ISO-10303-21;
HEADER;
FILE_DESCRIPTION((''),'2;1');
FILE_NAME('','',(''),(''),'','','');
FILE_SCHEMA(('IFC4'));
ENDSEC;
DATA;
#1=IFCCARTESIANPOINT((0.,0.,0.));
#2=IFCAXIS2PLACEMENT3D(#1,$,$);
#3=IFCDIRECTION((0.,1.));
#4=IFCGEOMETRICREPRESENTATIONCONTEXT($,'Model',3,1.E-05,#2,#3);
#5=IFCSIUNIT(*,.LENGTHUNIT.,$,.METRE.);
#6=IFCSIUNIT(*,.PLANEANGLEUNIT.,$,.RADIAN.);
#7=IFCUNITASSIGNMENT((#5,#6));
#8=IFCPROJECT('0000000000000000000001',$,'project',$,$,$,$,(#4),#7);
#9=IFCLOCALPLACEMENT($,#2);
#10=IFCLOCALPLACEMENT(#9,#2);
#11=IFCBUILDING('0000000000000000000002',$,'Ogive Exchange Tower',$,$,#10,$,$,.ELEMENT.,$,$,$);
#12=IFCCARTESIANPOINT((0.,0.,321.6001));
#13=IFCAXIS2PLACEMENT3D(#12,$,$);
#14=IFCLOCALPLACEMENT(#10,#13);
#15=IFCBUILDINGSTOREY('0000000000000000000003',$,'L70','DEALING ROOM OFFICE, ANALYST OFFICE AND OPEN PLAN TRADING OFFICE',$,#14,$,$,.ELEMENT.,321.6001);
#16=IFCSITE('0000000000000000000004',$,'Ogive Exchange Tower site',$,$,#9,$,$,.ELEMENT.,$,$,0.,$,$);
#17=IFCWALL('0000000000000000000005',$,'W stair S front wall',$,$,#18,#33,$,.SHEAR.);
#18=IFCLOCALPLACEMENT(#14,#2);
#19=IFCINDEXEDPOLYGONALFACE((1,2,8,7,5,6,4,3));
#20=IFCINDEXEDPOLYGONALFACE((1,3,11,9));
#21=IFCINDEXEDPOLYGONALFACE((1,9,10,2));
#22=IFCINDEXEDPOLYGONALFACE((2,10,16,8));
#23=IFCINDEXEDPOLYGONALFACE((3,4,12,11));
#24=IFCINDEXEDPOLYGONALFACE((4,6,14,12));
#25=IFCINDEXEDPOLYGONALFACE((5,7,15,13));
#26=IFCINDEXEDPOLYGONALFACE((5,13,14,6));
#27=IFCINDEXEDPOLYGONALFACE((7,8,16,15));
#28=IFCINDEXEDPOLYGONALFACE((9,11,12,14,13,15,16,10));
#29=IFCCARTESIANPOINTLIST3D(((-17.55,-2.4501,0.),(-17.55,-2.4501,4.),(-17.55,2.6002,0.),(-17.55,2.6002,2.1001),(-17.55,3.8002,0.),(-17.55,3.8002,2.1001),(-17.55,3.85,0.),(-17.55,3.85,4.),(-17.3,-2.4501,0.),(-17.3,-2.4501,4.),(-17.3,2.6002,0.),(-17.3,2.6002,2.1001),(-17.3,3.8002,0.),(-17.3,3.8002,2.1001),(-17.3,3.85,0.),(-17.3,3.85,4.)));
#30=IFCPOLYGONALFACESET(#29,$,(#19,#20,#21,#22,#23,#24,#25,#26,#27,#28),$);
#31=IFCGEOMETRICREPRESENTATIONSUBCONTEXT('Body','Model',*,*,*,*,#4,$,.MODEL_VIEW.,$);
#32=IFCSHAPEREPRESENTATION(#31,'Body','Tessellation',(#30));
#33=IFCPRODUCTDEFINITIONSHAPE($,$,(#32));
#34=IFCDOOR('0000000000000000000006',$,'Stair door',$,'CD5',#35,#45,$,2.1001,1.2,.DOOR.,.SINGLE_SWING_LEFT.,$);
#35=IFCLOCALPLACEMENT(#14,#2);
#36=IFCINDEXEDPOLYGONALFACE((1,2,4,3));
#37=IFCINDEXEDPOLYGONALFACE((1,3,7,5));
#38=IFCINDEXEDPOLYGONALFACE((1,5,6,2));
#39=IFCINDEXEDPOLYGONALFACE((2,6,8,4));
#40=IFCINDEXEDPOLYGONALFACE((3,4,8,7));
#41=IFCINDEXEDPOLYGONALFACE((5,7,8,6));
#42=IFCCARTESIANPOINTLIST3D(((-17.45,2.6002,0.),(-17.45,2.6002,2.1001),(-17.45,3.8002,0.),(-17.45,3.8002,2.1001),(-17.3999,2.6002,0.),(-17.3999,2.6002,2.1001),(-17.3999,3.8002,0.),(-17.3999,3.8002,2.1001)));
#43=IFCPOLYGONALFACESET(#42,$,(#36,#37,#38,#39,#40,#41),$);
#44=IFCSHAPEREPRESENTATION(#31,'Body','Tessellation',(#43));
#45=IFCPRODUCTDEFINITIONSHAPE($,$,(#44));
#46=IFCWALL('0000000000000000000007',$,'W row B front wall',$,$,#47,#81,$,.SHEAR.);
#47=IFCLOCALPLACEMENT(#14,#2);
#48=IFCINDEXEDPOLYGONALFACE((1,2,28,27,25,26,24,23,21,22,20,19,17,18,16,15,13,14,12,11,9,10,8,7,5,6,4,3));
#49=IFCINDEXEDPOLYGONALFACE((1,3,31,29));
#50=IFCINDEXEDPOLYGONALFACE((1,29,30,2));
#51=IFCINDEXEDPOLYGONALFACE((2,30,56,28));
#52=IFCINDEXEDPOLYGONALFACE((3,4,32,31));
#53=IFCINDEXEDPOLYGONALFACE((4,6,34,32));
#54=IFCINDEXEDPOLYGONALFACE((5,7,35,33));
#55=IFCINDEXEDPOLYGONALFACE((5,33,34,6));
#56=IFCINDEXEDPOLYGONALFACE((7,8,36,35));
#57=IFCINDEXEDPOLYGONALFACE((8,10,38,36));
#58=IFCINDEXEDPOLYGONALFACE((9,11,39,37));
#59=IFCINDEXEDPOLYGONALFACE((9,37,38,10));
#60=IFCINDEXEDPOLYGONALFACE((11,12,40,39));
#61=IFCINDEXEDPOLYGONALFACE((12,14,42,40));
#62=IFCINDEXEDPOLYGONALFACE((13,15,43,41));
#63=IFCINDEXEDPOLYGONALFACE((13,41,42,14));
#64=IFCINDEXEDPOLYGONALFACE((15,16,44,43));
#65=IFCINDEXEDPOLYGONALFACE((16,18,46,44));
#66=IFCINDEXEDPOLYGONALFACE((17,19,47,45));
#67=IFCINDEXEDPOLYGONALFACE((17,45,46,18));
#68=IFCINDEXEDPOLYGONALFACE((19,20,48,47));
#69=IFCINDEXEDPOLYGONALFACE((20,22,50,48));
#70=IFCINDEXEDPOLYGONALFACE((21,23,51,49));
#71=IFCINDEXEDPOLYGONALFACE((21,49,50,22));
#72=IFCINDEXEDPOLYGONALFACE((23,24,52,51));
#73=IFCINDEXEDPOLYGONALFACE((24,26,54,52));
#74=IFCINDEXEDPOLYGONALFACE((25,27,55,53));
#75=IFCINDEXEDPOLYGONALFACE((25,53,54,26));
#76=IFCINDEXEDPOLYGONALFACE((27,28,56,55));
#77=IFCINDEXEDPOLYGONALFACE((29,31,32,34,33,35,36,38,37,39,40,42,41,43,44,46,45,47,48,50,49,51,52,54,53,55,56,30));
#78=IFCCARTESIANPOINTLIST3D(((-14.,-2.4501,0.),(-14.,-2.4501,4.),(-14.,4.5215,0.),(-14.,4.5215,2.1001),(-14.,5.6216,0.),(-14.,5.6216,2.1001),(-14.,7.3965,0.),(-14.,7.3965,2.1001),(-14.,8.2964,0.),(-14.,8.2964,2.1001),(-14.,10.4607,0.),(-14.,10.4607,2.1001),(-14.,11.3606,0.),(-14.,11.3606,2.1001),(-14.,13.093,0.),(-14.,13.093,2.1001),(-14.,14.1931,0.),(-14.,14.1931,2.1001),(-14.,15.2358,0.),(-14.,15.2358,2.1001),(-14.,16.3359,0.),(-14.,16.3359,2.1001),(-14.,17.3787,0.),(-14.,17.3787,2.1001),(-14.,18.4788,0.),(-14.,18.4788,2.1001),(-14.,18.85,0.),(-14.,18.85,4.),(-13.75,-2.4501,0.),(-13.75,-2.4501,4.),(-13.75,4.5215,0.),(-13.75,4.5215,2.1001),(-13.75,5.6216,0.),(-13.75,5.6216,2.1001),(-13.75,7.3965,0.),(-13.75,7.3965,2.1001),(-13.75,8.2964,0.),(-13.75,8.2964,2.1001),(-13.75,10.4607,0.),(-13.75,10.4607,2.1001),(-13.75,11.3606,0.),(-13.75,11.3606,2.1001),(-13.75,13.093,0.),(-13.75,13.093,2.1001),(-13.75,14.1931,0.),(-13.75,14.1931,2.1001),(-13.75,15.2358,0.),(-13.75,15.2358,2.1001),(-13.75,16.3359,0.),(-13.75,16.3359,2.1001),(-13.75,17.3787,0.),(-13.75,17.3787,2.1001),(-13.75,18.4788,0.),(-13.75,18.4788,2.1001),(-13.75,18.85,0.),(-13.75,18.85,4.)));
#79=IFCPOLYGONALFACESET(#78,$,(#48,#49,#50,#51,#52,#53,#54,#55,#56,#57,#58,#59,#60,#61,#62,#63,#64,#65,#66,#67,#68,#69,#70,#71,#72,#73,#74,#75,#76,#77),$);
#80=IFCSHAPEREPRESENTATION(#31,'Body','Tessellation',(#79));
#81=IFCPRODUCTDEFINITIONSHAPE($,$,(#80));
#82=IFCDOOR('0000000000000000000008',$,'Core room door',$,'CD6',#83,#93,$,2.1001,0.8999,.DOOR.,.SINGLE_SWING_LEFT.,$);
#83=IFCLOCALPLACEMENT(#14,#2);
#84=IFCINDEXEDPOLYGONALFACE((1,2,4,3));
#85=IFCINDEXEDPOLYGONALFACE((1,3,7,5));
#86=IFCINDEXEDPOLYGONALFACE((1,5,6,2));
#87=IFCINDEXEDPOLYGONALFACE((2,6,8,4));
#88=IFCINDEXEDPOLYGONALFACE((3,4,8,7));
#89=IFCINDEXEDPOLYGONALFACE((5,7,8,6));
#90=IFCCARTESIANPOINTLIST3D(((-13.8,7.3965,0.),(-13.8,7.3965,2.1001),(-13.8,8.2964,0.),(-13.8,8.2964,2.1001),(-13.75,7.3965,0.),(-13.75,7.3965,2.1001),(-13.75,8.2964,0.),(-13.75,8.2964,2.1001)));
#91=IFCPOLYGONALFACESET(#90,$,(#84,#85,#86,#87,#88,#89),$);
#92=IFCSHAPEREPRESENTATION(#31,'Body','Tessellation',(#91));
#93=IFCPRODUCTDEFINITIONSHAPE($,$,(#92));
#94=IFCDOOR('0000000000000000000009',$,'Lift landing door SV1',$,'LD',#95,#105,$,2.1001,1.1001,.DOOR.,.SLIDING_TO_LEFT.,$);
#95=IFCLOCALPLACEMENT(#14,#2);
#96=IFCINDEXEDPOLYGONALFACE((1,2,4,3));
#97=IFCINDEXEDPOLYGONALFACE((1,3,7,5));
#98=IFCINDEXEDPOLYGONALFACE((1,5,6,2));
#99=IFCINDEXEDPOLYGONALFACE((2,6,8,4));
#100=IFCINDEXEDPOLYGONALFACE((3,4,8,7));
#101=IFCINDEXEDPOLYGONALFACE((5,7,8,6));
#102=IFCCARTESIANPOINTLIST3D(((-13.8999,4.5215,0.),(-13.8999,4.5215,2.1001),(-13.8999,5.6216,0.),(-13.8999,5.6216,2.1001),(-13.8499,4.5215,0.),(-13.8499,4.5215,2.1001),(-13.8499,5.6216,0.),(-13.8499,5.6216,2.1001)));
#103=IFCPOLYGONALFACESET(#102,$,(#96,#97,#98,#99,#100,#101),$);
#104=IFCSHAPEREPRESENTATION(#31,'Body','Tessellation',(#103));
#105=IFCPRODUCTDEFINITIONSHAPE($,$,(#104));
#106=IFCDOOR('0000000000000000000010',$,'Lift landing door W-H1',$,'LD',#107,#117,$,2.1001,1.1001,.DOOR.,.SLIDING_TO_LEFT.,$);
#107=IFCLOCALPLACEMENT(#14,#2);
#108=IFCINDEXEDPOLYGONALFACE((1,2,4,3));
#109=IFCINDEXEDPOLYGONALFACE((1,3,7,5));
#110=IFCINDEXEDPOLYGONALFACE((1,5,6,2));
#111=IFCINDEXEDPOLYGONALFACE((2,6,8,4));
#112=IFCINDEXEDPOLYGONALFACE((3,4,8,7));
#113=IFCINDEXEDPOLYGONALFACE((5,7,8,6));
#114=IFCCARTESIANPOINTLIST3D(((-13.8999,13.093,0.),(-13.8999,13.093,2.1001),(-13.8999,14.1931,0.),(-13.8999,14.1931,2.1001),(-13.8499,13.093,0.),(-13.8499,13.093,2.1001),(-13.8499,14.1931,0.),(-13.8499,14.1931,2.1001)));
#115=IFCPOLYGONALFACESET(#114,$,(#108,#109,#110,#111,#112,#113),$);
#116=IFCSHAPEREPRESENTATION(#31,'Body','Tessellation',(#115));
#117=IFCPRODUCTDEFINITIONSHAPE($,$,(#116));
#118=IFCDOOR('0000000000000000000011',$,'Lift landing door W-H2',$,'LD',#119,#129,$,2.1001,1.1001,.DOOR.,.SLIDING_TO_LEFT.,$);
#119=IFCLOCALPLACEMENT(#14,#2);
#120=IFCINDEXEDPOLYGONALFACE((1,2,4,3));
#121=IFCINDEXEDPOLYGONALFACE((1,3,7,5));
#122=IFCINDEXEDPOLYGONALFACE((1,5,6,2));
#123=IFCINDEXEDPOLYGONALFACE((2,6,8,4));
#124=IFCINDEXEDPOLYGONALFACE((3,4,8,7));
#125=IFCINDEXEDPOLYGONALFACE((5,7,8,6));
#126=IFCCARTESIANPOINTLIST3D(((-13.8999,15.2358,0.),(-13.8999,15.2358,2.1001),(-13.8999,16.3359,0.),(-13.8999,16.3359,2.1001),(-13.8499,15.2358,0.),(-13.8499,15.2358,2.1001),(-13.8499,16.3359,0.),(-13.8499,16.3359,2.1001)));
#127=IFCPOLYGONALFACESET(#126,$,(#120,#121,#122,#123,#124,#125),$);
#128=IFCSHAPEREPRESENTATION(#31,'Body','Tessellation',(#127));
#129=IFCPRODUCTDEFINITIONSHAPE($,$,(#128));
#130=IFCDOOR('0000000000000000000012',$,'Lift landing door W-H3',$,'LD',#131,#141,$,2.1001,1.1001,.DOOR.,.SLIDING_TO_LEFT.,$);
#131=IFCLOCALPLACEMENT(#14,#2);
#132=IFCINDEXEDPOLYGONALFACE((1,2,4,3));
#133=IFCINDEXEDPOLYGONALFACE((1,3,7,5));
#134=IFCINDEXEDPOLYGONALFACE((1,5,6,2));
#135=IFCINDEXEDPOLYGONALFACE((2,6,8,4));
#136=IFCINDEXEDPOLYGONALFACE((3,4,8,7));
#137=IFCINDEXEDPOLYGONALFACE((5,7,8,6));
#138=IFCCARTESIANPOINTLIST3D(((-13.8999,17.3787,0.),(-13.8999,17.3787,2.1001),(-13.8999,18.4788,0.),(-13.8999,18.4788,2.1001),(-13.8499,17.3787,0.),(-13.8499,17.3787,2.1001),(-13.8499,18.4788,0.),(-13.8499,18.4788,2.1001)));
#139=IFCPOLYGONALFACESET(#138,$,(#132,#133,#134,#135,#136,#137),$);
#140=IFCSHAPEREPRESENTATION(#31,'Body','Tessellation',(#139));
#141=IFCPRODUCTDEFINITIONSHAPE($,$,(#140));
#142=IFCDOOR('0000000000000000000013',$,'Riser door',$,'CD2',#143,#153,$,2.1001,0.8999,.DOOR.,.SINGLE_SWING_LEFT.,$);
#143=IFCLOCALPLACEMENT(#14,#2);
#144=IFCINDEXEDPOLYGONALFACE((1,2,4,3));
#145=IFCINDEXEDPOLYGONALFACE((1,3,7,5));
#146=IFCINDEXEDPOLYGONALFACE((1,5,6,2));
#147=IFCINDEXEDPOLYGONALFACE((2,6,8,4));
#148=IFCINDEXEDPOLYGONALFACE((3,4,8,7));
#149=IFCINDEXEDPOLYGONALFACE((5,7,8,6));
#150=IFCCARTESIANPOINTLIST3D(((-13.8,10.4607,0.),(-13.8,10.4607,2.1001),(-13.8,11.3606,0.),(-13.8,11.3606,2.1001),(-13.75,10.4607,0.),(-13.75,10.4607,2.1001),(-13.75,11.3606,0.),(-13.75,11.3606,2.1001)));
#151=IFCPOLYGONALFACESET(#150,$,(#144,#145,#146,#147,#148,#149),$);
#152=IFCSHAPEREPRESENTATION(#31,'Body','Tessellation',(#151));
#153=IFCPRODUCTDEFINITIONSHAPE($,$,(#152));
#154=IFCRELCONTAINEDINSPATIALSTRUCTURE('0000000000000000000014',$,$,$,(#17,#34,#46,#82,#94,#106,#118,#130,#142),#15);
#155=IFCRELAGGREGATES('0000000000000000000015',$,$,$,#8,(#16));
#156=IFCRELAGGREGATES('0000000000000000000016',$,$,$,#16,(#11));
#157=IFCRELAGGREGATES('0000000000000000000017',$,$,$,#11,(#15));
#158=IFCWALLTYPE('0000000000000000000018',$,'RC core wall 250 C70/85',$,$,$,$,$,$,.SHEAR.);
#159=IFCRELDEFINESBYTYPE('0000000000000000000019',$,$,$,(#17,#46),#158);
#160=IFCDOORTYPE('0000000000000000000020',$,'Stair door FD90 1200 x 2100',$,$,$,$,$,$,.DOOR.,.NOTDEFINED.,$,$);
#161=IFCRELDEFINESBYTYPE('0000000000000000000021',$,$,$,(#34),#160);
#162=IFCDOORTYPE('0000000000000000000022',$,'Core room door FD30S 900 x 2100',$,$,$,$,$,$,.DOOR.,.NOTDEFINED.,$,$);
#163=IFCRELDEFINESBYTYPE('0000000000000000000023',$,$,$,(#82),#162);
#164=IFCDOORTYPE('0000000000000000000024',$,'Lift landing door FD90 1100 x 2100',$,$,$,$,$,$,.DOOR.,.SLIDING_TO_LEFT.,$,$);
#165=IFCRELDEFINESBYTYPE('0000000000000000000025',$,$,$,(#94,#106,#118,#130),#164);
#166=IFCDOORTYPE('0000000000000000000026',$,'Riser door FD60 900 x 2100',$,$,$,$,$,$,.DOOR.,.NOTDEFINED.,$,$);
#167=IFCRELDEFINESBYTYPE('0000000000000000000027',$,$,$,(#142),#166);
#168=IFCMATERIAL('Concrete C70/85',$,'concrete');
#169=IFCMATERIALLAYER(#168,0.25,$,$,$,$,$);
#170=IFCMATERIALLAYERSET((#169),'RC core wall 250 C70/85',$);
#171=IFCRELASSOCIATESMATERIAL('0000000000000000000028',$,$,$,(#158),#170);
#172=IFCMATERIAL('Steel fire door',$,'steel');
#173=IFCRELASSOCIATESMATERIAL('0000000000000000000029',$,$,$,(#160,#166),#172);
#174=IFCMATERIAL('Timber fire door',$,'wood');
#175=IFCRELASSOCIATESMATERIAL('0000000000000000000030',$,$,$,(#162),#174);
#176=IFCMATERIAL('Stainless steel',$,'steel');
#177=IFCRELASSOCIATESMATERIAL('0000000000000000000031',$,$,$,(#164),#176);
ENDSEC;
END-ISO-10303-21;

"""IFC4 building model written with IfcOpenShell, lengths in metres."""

from ifc_helpers import new_model, si_unit, direction, frame, frame_2d, origin, place, context, subcontext, project, spatial, rectangle, extrude, material, layer, layer_set, type_object, element, fill, save


model = new_model("IFC4")

# Units and contexts
model_context = context("Model", 3, precision=1e-05, world=origin(), true_north=direction((0.0, 1.0)))
body_context = subcontext(model_context, "Body", "Model", "MODEL_VIEW")
ifc_project = project(units=[si_unit("LENGTHUNIT", "METRE"), si_unit("PLANEANGLEUNIT", "RADIAN")], contexts=[model_context])

# Site, building, storey
site_placement = place(None, origin())
site = spatial("IfcSite", under=ifc_project, at=site_placement, Name="Ogive Exchange Tower site", CompositionType="ELEMENT", RefElevation=0.0)
building_placement = place(site_placement, origin())
building = spatial("IfcBuilding", under=site, at=building_placement, Name="Ogive Exchange Tower", CompositionType="ELEMENT")
storey_placement = place(building_placement, frame((0.0, 0.0, 321.6001)))
storey = spatial("IfcBuildingStorey", under=building, at=storey_placement, Name="L70", Description="DEALING ROOM OFFICE, ANALYST OFFICE AND OPEN PLAN TRADING OFFICE", CompositionType="ELEMENT", Elevation=321.6001)

# Wall, opening, door
ifc_material_1 = material(Name="Concrete C70/85", Category="concrete")
ifc_layer_1 = layer(ifc_material_1, 0.25)
ifc_layer_set_1 = layer_set([ifc_layer_1], Name="RC core wall 250 C70/85")
wall_type_1 = type_object("IfcWallType", Name="RC core wall 250 C70/85", PredefinedType="SHEAR", material=ifc_layer_set_1)
wall_1_placement = place(storey_placement, frame((-17.425, -2.45, 0.0), z_axis=(0.0, 0.0, 1.0), x_axis=(0.0, 1.0, 0.0)))
wall_1 = element("IfcWall", 1, at=wall_1_placement, inside=storey, type_object=wall_type_1, Name="W stair S front wall", PredefinedType="SHEAR", context=body_context, shape_type="SweptSolid", body=[
    extrude(rectangle(XDim=6.3, YDim=0.25, at=frame_2d((3.1499, 0.0))), origin(), (0.0, 0.0, 1.0), 4.0),
])
opening_1_placement = place(wall_1_placement, frame((5.05, 0.0, 0.0)))
opening_1 = element("IfcOpeningElement", 2, at=opening_1_placement, cuts=wall_1, PredefinedType="OPENING", context=body_context, shape_type="SweptSolid", body=[
    extrude(rectangle(XDim=1.2, YDim=2.1001, at=frame_2d((0.6001, 1.05))), frame((0.0, 0.135, 0.0), z_axis=(0.0, -1.0, 0.0), x_axis=(1.0, 0.0, 0.0)), (0.0, 0.0, 1.0), 0.27),
])
ifc_material_2 = material(Name="Steel fire door", Category="steel")
door_type_1 = type_object("IfcDoorType", Name="Stair door FD90 1200 x 2100", OperationType="NOTDEFINED", PredefinedType="DOOR", material=ifc_material_2)
door_1_placement = place(opening_1_placement, origin())
door_1 = element("IfcDoor", 3, at=door_1_placement, inside=storey, type_object=door_type_1, Name="Stair door", ObjectType="CD5", OperationType="SINGLE_SWING_LEFT", OverallHeight=2.1001, OverallWidth=1.2, PredefinedType="DOOR", context=body_context, shape_type="SweptSolid", body=[
    extrude(rectangle(XDim=1.2, YDim=2.1001, at=frame_2d((0.6001, 1.05))), frame((0.0, 0.0249, 0.0), z_axis=(0.0, -1.0, 0.0), x_axis=(1.0, 0.0, 0.0)), (0.0, 0.0, 1.0), 0.05),
])
fill(opening_1, door_1)

# Wall, openings, doors
wall_2_placement = place(storey_placement, frame((-13.875, -2.45, 0.0), z_axis=(0.0, 0.0, 1.0), x_axis=(0.0, 1.0, 0.0)))
wall_2 = element("IfcWall", 4, at=wall_2_placement, inside=storey, type_object=wall_type_1, Name="W row B front wall", PredefinedType="SHEAR", context=body_context, shape_type="SweptSolid", body=[
    extrude(rectangle(XDim=21.3, YDim=0.25, at=frame_2d((10.6499, 0.0))), origin(), (0.0, 0.0, 1.0), 4.0),
])
opening_2_placement = place(wall_2_placement, frame((9.8464, 0.0, 0.0)))
opening_2 = element("IfcOpeningElement", 5, at=opening_2_placement, cuts=wall_2, PredefinedType="OPENING", context=body_context, shape_type="SweptSolid", body=[
    extrude(rectangle(XDim=0.8999, YDim=2.1001, at=frame_2d((0.45, 1.05))), frame((0.0, 0.135, 0.0), z_axis=(0.0, -1.0, 0.0), x_axis=(1.0, 0.0, 0.0)), (0.0, 0.0, 1.0), 0.27),
])
opening_3_placement = place(wall_2_placement, frame((12.9106, 0.0, 0.0)))
opening_3 = element("IfcOpeningElement", 6, at=opening_3_placement, cuts=wall_2, PredefinedType="OPENING", context=body_context, shape_type="SweptSolid", body=[
    extrude(rectangle(XDim=0.8999, YDim=2.1001, at=frame_2d((0.45, 1.05))), frame((0.0, 0.135, 0.0), z_axis=(0.0, -1.0, 0.0), x_axis=(1.0, 0.0, 0.0)), (0.0, 0.0, 1.0), 0.27),
])
opening_4_placement = place(wall_2_placement, frame((6.9714, 0.0, 0.0)))
opening_4 = element("IfcOpeningElement", 7, at=opening_4_placement, cuts=wall_2, PredefinedType="OPENING", context=body_context, shape_type="SweptSolid", body=[
    extrude(rectangle(XDim=1.1001, YDim=2.1001, at=frame_2d((0.55, 1.05))), frame((0.0, 0.135, 0.0), z_axis=(0.0, -1.0, 0.0), x_axis=(1.0, 0.0, 0.0)), (0.0, 0.0, 1.0), 0.27),
])
opening_5_placement = place(wall_2_placement, frame((15.543, 0.0, 0.0)))
opening_5 = element("IfcOpeningElement", 8, at=opening_5_placement, cuts=wall_2, PredefinedType="OPENING", context=body_context, shape_type="SweptSolid", body=[
    extrude(rectangle(XDim=1.1001, YDim=2.1001, at=frame_2d((0.55, 1.05))), frame((0.0, 0.135, 0.0), z_axis=(0.0, -1.0, 0.0), x_axis=(1.0, 0.0, 0.0)), (0.0, 0.0, 1.0), 0.27),
])
opening_6_placement = place(wall_2_placement, frame((17.6858, 0.0, 0.0)))
opening_6 = element("IfcOpeningElement", 9, at=opening_6_placement, cuts=wall_2, PredefinedType="OPENING", context=body_context, shape_type="SweptSolid", body=[
    extrude(rectangle(XDim=1.1001, YDim=2.1001, at=frame_2d((0.55, 1.05))), frame((0.0, 0.135, 0.0), z_axis=(0.0, -1.0, 0.0), x_axis=(1.0, 0.0, 0.0)), (0.0, 0.0, 1.0), 0.27),
])
opening_7_placement = place(wall_2_placement, frame((19.8286, 0.0, 0.0)))
opening_7 = element("IfcOpeningElement", 10, at=opening_7_placement, cuts=wall_2, PredefinedType="OPENING", context=body_context, shape_type="SweptSolid", body=[
    extrude(rectangle(XDim=1.1001, YDim=2.1001, at=frame_2d((0.55, 1.05))), frame((0.0, 0.135, 0.0), z_axis=(0.0, -1.0, 0.0), x_axis=(1.0, 0.0, 0.0)), (0.0, 0.0, 1.0), 0.27),
])
ifc_material_3 = material(Name="Timber fire door", Category="wood")
door_type_2 = type_object("IfcDoorType", Name="Core room door FD30S 900 x 2100", OperationType="NOTDEFINED", PredefinedType="DOOR", material=ifc_material_3)
door_2_placement = place(opening_2_placement, frame((0.8999, -0.2002, 0.0), z_axis=(0.0, 0.0, 1.0), x_axis=(-1.0, 0.0, 0.0)))
door_2 = element("IfcDoor", 11, at=door_2_placement, inside=storey, type_object=door_type_2, Name="Core room door", ObjectType="CD6", OperationType="SINGLE_SWING_LEFT", OverallHeight=2.1001, OverallWidth=0.8999, PredefinedType="DOOR", context=body_context, shape_type="SweptSolid", body=[
    extrude(rectangle(XDim=0.8999, YDim=2.1001, at=frame_2d((0.45, 1.05))), frame((0.0, -0.0752, 0.0), z_axis=(0.0, -1.0, 0.0), x_axis=(1.0, 0.0, 0.0)), (0.0, 0.0, 1.0), 0.05),
])
fill(opening_2, door_2)
ifc_material_4 = material(Name="Stainless steel", Category="steel")
door_type_3 = type_object("IfcDoorType", Name="Lift landing door FD90 1100 x 2100", OperationType="SLIDING_TO_LEFT", PredefinedType="DOOR", material=ifc_material_4)
door_3_placement = place(opening_4_placement, origin())
door_3 = element("IfcDoor", 12, at=door_3_placement, inside=storey, type_object=door_type_3, Name="Lift landing door SV1", ObjectType="LD", OperationType="SLIDING_TO_LEFT", OverallHeight=2.1001, OverallWidth=1.1001, PredefinedType="DOOR", context=body_context, shape_type="SweptSolid", body=[
    extrude(rectangle(XDim=1.1001, YDim=2.1001, at=frame_2d((0.55, 1.05))), frame((0.0, 0.0249, 0.0), z_axis=(0.0, -1.0, 0.0), x_axis=(1.0, 0.0, 0.0)), (0.0, 0.0, 1.0), 0.05),
])
fill(opening_4, door_3)
door_4_placement = place(opening_5_placement, origin())
door_4 = element("IfcDoor", 13, at=door_4_placement, inside=storey, type_object=door_type_3, Name="Lift landing door W-H1", ObjectType="LD", OperationType="SLIDING_TO_LEFT", OverallHeight=2.1001, OverallWidth=1.1001, PredefinedType="DOOR", context=body_context, shape_type="SweptSolid", body=[
    extrude(rectangle(XDim=1.1001, YDim=2.1001, at=frame_2d((0.55, 1.05))), frame((0.0, 0.0249, 0.0), z_axis=(0.0, -1.0, 0.0), x_axis=(1.0, 0.0, 0.0)), (0.0, 0.0, 1.0), 0.05),
])
fill(opening_5, door_4)
door_5_placement = place(opening_6_placement, origin())
door_5 = element("IfcDoor", 14, at=door_5_placement, inside=storey, type_object=door_type_3, Name="Lift landing door W-H2", ObjectType="LD", OperationType="SLIDING_TO_LEFT", OverallHeight=2.1001, OverallWidth=1.1001, PredefinedType="DOOR", context=body_context, shape_type="SweptSolid", body=[
    extrude(rectangle(XDim=1.1001, YDim=2.1001, at=frame_2d((0.55, 1.05))), frame((0.0, 0.0249, 0.0), z_axis=(0.0, -1.0, 0.0), x_axis=(1.0, 0.0, 0.0)), (0.0, 0.0, 1.0), 0.05),
])
fill(opening_6, door_5)
door_6_placement = place(opening_7_placement, origin())
door_6 = element("IfcDoor", 15, at=door_6_placement, inside=storey, type_object=door_type_3, Name="Lift landing door W-H3", ObjectType="LD", OperationType="SLIDING_TO_LEFT", OverallHeight=2.1001, OverallWidth=1.1001, PredefinedType="DOOR", context=body_context, shape_type="SweptSolid", body=[
    extrude(rectangle(XDim=1.1001, YDim=2.1001, at=frame_2d((0.55, 1.05))), frame((0.0, 0.0249, 0.0), z_axis=(0.0, -1.0, 0.0), x_axis=(1.0, 0.0, 0.0)), (0.0, 0.0, 1.0), 0.05),
])
fill(opening_7, door_6)
door_type_4 = type_object("IfcDoorType", Name="Riser door FD60 900 x 2100", OperationType="NOTDEFINED", PredefinedType="DOOR", material=ifc_material_2)
door_7_placement = place(opening_3_placement, frame((0.8999, -0.2002, 0.0), z_axis=(0.0, 0.0, 1.0), x_axis=(-1.0, 0.0, 0.0)))
door_7 = element("IfcDoor", 16, at=door_7_placement, inside=storey, type_object=door_type_4, Name="Riser door", ObjectType="CD2", OperationType="SINGLE_SWING_LEFT", OverallHeight=2.1001, OverallWidth=0.8999, PredefinedType="DOOR", context=body_context, shape_type="SweptSolid", body=[
    extrude(rectangle(XDim=0.8999, YDim=2.1001, at=frame_2d((0.45, 1.05))), frame((0.0, -0.0752, 0.0), z_axis=(0.0, -1.0, 0.0), x_axis=(1.0, 0.0, 0.0)), (0.0, 0.0, 1.0), 0.05),
])
fill(opening_3, door_7)

save(model, "model.ifc")
